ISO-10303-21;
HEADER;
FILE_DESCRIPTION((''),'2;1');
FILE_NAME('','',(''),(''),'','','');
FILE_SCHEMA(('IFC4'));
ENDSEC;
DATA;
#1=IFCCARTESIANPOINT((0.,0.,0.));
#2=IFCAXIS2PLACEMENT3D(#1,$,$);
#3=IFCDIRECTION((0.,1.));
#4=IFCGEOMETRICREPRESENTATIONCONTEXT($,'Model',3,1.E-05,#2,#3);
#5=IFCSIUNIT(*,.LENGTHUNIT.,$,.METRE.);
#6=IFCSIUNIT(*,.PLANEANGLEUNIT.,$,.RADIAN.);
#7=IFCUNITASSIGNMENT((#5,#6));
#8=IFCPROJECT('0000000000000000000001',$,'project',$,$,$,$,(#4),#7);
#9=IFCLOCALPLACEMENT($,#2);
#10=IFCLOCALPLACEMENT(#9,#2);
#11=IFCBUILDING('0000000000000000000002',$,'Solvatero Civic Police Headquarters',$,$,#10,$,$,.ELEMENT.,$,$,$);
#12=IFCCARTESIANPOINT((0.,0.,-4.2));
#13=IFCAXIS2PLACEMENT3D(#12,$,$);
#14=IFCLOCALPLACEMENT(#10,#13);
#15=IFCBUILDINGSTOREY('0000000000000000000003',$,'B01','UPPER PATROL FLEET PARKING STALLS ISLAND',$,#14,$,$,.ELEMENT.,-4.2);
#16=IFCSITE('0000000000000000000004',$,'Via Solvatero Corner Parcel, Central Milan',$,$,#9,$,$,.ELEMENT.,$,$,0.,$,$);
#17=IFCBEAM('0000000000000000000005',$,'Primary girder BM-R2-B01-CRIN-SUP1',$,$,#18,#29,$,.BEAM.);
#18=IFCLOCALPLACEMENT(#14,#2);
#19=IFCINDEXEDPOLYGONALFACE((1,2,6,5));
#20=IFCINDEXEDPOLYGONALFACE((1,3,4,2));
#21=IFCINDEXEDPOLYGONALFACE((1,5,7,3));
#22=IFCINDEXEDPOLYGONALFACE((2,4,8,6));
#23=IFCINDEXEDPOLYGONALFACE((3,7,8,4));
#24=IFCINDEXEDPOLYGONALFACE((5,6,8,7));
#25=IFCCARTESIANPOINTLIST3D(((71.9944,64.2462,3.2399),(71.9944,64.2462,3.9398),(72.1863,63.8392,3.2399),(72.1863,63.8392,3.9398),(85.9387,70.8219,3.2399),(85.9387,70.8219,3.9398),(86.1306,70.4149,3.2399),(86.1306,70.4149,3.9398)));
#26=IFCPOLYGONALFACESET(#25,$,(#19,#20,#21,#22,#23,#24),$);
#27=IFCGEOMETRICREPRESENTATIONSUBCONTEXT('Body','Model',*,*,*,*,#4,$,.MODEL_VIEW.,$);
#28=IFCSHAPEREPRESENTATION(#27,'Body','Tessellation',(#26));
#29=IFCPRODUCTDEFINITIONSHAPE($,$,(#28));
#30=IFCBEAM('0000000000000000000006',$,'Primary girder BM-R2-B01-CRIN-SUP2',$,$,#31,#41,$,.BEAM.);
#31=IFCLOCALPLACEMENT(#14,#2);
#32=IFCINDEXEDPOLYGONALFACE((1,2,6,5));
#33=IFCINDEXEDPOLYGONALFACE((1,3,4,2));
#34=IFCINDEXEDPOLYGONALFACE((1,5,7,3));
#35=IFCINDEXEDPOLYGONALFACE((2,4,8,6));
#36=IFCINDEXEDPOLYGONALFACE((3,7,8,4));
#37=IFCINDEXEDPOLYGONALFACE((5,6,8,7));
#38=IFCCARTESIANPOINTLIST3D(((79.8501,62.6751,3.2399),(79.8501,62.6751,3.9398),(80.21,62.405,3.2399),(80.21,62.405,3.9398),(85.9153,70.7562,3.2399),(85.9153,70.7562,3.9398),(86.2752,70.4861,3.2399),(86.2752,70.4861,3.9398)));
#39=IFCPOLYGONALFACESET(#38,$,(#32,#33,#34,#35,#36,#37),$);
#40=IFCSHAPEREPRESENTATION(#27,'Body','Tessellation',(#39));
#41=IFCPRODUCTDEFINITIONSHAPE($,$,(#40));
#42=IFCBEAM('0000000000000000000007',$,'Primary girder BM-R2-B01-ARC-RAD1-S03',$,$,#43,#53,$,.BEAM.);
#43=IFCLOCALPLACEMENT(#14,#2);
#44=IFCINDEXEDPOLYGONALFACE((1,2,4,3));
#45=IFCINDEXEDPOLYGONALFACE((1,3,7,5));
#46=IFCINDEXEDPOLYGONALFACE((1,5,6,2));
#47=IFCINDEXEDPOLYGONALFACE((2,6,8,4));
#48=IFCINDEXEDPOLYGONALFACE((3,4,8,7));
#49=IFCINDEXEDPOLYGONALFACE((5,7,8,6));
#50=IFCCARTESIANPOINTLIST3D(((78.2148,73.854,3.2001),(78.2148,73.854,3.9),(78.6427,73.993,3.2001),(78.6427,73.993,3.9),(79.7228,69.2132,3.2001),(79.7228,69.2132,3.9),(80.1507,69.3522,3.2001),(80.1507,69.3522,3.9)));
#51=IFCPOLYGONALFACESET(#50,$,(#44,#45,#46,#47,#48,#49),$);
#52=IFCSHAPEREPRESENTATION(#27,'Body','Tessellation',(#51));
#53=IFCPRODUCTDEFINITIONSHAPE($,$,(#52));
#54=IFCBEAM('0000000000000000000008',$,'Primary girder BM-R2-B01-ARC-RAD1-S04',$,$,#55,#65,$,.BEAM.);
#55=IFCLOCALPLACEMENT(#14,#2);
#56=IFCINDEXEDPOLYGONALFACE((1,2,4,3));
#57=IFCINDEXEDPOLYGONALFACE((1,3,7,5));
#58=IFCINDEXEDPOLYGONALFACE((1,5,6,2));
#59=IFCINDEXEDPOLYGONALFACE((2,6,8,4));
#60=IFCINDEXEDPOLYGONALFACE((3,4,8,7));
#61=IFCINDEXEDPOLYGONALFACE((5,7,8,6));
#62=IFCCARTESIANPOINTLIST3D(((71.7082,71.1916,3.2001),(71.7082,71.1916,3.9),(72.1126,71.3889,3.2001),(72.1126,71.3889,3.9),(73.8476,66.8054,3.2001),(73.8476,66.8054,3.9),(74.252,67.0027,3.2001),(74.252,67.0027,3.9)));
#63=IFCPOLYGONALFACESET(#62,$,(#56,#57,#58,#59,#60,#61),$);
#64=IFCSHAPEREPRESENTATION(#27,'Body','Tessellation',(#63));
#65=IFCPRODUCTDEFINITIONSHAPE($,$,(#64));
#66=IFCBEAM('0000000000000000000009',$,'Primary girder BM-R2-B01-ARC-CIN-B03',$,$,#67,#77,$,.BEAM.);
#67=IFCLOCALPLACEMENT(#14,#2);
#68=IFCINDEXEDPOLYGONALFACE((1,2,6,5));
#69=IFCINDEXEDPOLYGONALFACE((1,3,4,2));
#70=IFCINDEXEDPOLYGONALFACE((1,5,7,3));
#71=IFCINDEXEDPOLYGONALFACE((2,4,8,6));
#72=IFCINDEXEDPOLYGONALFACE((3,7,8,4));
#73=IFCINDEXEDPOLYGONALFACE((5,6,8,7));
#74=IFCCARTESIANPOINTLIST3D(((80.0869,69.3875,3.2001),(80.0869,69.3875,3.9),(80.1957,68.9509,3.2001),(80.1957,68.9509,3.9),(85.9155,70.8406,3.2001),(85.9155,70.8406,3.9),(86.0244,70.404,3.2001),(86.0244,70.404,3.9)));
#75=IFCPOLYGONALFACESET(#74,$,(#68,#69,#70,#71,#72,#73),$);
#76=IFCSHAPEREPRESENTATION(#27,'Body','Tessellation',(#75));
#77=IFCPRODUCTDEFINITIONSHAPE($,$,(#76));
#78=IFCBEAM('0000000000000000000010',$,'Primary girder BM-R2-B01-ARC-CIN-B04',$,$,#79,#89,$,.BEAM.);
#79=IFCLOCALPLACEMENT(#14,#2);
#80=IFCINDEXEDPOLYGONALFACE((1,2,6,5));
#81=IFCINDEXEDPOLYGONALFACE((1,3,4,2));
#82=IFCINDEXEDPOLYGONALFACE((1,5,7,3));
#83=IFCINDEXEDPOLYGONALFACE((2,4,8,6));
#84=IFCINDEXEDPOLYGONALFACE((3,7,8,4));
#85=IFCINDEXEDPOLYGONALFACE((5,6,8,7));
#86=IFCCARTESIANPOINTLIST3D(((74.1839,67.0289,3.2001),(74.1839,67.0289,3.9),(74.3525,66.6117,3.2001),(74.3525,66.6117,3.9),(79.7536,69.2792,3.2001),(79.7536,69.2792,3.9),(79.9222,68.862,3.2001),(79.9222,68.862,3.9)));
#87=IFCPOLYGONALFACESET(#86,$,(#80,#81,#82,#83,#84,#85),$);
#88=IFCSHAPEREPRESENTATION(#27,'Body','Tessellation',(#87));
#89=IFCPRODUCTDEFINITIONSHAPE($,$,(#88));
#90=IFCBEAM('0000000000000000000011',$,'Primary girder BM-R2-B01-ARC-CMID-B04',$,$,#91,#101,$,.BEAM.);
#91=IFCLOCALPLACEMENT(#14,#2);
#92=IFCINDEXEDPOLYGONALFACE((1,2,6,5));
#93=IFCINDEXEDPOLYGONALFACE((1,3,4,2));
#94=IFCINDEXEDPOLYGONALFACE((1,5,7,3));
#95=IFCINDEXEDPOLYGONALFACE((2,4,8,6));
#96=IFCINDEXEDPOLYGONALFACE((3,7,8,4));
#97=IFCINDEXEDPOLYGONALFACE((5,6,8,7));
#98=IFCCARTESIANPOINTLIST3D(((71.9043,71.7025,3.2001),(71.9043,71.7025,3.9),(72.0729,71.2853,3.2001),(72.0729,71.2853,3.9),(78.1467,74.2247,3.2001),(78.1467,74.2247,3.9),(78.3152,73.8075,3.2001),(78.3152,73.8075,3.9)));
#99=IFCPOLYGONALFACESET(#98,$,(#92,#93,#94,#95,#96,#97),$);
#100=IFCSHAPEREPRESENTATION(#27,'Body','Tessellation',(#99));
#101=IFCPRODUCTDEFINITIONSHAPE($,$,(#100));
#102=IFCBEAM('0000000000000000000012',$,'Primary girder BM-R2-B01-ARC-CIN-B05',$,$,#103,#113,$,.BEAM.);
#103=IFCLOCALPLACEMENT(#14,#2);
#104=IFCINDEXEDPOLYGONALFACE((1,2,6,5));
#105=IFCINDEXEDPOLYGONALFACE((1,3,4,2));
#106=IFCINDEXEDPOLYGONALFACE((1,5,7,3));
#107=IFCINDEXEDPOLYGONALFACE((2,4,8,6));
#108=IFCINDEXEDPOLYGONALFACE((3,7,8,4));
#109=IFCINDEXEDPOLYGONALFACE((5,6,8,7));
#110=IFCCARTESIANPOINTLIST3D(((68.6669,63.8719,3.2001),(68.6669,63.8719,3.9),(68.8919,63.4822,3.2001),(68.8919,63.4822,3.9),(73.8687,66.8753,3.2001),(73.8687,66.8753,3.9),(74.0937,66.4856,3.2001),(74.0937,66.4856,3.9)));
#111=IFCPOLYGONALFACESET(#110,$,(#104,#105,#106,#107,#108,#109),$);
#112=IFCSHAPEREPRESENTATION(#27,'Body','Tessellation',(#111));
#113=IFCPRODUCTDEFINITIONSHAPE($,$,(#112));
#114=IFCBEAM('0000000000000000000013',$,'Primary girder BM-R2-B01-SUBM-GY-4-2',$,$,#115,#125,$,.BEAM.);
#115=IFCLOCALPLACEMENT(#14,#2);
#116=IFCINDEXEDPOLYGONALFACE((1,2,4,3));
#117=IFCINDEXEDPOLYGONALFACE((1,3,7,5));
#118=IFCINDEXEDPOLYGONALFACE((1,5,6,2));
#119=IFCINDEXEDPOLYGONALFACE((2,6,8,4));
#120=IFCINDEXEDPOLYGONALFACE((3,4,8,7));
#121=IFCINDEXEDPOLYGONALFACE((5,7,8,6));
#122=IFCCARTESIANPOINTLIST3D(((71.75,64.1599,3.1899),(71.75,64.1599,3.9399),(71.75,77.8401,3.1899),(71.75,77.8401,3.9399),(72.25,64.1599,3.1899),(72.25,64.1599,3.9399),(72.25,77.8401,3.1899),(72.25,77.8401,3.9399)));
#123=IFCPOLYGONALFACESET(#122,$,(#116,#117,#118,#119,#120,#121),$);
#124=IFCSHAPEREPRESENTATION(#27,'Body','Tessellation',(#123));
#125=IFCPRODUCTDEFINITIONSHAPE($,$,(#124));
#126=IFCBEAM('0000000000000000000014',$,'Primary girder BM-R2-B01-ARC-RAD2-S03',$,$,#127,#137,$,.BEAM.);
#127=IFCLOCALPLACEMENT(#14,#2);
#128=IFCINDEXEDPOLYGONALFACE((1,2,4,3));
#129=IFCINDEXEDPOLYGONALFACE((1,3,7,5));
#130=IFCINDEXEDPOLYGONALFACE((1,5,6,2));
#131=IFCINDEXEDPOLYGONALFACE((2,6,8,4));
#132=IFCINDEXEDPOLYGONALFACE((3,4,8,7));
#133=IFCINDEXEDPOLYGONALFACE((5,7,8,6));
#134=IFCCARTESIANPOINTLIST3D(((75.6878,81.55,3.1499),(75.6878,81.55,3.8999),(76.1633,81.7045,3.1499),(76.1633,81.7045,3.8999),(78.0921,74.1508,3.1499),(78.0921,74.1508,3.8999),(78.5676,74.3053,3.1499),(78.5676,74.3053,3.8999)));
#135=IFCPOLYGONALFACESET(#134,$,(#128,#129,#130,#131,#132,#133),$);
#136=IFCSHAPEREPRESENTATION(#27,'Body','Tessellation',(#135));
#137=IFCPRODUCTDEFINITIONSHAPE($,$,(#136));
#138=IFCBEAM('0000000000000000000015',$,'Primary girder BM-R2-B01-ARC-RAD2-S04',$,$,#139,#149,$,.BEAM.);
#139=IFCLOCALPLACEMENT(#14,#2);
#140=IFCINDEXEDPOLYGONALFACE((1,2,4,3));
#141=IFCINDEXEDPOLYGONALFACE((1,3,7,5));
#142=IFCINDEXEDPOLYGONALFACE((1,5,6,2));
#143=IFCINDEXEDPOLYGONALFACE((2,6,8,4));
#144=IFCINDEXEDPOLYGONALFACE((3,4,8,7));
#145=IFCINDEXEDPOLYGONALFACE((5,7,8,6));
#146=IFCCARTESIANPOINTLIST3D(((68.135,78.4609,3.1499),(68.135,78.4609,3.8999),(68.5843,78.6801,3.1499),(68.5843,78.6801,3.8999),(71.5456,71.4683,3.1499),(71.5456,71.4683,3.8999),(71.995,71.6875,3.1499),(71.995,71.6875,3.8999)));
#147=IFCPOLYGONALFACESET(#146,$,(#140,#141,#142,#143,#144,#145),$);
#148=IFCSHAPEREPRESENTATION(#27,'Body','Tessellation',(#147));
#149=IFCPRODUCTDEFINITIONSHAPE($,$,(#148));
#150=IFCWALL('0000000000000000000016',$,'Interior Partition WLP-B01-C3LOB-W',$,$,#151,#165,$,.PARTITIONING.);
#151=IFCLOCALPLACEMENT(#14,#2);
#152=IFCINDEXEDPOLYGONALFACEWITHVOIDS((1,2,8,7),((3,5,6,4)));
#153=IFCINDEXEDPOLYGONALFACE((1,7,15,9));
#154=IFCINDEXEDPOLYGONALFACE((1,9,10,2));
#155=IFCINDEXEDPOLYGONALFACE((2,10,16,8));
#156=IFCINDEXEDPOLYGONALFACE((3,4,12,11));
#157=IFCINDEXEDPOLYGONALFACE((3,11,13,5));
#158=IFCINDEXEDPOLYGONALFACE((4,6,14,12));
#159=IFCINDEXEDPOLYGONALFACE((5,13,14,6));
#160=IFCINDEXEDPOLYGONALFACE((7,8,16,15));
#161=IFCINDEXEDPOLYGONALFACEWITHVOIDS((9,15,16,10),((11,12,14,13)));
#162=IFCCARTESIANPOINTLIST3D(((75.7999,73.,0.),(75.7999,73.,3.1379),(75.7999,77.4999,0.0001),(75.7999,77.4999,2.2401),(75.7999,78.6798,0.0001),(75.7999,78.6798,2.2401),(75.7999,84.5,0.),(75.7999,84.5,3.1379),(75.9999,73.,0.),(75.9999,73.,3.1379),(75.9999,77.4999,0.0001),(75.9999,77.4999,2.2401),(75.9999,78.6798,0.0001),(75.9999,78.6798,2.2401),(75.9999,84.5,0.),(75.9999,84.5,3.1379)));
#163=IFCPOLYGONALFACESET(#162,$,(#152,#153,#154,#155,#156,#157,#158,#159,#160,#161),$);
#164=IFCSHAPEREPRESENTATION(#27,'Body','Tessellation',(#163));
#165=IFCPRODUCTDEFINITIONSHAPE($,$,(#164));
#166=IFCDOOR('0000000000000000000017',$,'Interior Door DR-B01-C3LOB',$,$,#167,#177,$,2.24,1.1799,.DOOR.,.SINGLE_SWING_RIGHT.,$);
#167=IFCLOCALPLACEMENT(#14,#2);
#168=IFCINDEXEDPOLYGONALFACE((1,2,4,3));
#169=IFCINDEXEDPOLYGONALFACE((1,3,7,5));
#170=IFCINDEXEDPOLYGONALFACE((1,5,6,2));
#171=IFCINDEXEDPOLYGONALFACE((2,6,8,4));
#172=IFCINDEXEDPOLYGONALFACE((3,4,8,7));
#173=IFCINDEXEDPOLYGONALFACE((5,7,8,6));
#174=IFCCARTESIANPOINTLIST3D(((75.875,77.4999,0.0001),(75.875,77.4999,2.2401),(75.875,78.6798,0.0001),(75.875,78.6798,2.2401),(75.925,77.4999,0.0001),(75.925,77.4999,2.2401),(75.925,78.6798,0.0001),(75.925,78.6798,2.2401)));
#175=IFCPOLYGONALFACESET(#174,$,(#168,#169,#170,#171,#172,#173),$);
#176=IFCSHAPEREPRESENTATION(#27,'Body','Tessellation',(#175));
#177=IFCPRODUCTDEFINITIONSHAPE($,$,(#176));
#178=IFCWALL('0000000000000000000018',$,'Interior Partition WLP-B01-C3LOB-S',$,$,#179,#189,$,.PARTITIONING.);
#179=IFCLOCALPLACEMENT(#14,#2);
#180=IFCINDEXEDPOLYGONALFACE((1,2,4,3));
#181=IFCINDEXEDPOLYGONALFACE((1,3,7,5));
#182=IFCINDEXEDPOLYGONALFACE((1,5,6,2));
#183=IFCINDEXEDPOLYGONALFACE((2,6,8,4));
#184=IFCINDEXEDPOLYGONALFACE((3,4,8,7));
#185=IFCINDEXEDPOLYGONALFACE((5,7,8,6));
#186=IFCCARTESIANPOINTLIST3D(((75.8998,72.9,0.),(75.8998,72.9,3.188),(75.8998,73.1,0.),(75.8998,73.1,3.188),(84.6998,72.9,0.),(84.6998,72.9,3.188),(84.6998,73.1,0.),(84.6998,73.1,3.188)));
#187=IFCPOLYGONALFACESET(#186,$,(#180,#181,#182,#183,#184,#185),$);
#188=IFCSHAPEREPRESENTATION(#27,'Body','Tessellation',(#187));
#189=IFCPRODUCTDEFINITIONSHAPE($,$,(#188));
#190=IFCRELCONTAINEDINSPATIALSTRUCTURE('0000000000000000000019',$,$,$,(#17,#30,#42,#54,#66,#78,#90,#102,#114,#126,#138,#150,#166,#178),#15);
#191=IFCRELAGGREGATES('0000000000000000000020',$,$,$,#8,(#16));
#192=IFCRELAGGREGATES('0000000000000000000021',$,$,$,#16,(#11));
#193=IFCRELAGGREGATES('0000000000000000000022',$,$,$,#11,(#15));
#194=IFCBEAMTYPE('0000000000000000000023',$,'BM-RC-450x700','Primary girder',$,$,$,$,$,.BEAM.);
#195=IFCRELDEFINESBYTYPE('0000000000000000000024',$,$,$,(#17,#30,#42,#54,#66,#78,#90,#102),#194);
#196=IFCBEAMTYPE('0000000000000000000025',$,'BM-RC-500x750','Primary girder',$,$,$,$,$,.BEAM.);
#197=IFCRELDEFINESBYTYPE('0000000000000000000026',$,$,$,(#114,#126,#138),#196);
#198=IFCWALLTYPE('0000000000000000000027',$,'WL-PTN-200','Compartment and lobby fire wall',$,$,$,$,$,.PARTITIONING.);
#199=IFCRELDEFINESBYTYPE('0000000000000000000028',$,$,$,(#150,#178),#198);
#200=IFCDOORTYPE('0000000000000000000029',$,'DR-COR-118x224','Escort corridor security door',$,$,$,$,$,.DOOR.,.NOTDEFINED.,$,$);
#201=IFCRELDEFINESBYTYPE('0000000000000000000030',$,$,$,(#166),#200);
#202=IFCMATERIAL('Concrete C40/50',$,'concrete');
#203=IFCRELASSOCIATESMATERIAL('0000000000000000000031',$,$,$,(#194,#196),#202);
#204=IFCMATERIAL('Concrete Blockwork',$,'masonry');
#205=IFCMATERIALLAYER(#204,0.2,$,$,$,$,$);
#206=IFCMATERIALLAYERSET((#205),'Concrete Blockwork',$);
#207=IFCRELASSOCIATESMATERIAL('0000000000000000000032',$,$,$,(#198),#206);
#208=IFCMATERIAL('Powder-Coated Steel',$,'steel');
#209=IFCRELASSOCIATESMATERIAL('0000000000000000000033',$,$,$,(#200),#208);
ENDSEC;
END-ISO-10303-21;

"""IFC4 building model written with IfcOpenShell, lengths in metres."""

from ifc_helpers import new_model, si_unit, direction, frame, frame_2d, origin, origin_2d, place, context, subcontext, project, spatial, rectangle, extrude, material, layer, layer_set, material_profile, profile_set, type_object, element, fill, save


model = new_model("IFC4")

# Units and contexts
model_context = context("Model", 3, precision=1e-05, world=origin(), true_north=direction((0.0, 1.0)))
body_context = subcontext(model_context, "Body", "Model", "MODEL_VIEW")
ifc_project = project(units=[si_unit("LENGTHUNIT", "METRE"), si_unit("PLANEANGLEUNIT", "RADIAN")], contexts=[model_context])

# Site, building, storey
site_placement = place(None, origin())
site = spatial("IfcSite", under=ifc_project, at=site_placement, Name="Via Solvatero Corner Parcel, Central Milan", CompositionType="ELEMENT", RefElevation=0.0)
building_placement = place(site_placement, origin())
building = spatial("IfcBuilding", under=site, at=building_placement, Name="Solvatero Civic Police Headquarters", CompositionType="ELEMENT")
storey_placement = place(building_placement, frame((0.0, 0.0, -4.2)))
storey = spatial("IfcBuildingStorey", under=building, at=storey_placement, Name="B01", Description="UPPER PATROL FLEET PARKING STALLS ISLAND", CompositionType="ELEMENT", Elevation=-4.2)

# Shared definitions
ifc_material_1 = material(Name="Concrete C40/50", Category="concrete")

# Beams
ifc_material_profile_1 = material_profile(ifc_material_1, rectangle(XDim=0.45, YDim=0.7, at=origin_2d()), Name="RC 450x700")
ifc_profile_set_1 = profile_set([ifc_material_profile_1], Name="Concrete C40/50")
beam_type_1 = type_object("IfcBeamType", Name="BM-RC-450x700", Description="Primary girder", PredefinedType="BEAM", material=ifc_profile_set_1)
beam_1_placement = place(storey_placement, frame((72.0903, 64.0427, 3.5898), z_axis=(0.904477, 0.426521, 0.0), x_axis=(-0.426521, 0.904477, 0.0)))
element("IfcBeam", 1, at=beam_1_placement, inside=storey, type_object=beam_type_1, Name="Primary girder BM-R2-B01-CRIN-SUP1", PredefinedType="BEAM", context=body_context, shape_type="SweptSolid", body=[
    extrude(rectangle(XDim=0.45, YDim=0.7, at=origin_2d()), origin(), (0.0, 0.0, 1.0), 15.417),
])
beam_2_placement = place(storey_placement, frame((80.03, 62.54, 3.5898), z_axis=(0.600278, 0.799791, 0.0), x_axis=(-0.799791, 0.600278, 0.0)))
element("IfcBeam", 2, at=beam_2_placement, inside=storey, type_object=beam_type_1, Name="Primary girder BM-R2-B01-CRIN-SUP2", PredefinedType="BEAM", context=body_context, shape_type="SweptSolid", body=[
    extrude(rectangle(XDim=0.45, YDim=0.7, at=origin_2d()), origin(), (0.0, 0.0, 1.0), 10.104),
])
beam_3_placement = place(storey_placement, frame((79.9368, 69.2827, 3.55), z_axis=(-0.309044, 0.951048, 0.0), x_axis=(-0.951048, -0.309044, 0.0)))
element("IfcBeam", 3, at=beam_3_placement, inside=storey, type_object=beam_type_1, Name="Primary girder BM-R2-B01-ARC-RAD1-S03", PredefinedType="BEAM", context=body_context, shape_type="SweptSolid", body=[
    extrude(rectangle(XDim=0.45, YDim=0.7, at=origin_2d()), origin(), (0.0, 0.0, 1.0), 4.8796),
])
beam_4_placement = place(storey_placement, frame((74.0498, 66.9041, 3.55), z_axis=(-0.438387, 0.898786, 0.0), x_axis=(-0.898786, -0.438387, 0.0)))
element("IfcBeam", 4, at=beam_4_placement, inside=storey, type_object=beam_type_1, Name="Primary girder BM-R2-B01-ARC-RAD1-S04", PredefinedType="BEAM", context=body_context, shape_type="SweptSolid", body=[
    extrude(rectangle(XDim=0.45, YDim=0.7, at=origin_2d()), origin(), (0.0, 0.0, 1.0), 4.8801),
])
for number, where, z_axis, x_axis, name in (
    (5, (85.97, 70.6223, 3.55), (-0.9703, -0.241904, 0.0), (0.241904, -0.9703, 0.0), "Primary girder BM-R2-B01-ARC-CIN-B03"),
    (6, (79.8379, 69.0706, 3.55), (-0.927185, -0.374605, 0.0), (0.374605, -0.927185, 0.0), "Primary girder BM-R2-B01-ARC-CIN-B04"),
):
    element("IfcBeam", number, at=place(storey_placement, frame(where, z_axis=z_axis, x_axis=x_axis)), inside=storey, type_object=beam_type_1, Name=name, PredefinedType="BEAM", context=body_context, shape_type="SweptSolid", body=[
        extrude(rectangle(XDim=0.45, YDim=0.7, at=origin_2d()), origin(), (0.0, 0.0, 1.0), 6.0071),
    ])
beam_5_placement = place(storey_placement, frame((78.231, 74.0161, 3.55), z_axis=(-0.927178, -0.374621, 0.0), x_axis=(0.374621, -0.927178, 0.0)))
element("IfcBeam", 7, at=beam_5_placement, inside=storey, type_object=beam_type_1, Name="Primary girder BM-R2-B01-ARC-CMID-B04", PredefinedType="BEAM", context=body_context, shape_type="SweptSolid", body=[
    extrude(rectangle(XDim=0.45, YDim=0.7, at=origin_2d()), origin(), (0.0, 0.0, 1.0), 6.7327),
])
beam_6_placement = place(storey_placement, frame((73.9812, 66.6804, 3.55), z_axis=(-0.866018, -0.500012, 0.0), x_axis=(0.500012, -0.866018, 0.0)))
element("IfcBeam", 8, at=beam_6_placement, inside=storey, type_object=beam_type_1, Name="Primary girder BM-R2-B01-ARC-CIN-B05", PredefinedType="BEAM", context=body_context, shape_type="SweptSolid", body=[
    extrude(rectangle(XDim=0.45, YDim=0.7, at=origin_2d()), origin(), (0.0, 0.0, 1.0), 6.0066),
])
ifc_material_profile_2 = material_profile(ifc_material_1, rectangle(XDim=0.5, YDim=0.75, at=origin_2d()), Name="RC 500x750")
ifc_profile_set_2 = profile_set([ifc_material_profile_2], Name="Concrete C40/50")
beam_type_2 = type_object("IfcBeamType", Name="BM-RC-500x750", Description="Primary girder", PredefinedType="BEAM", material=ifc_profile_set_2)
beam_7_placement = place(storey_placement, frame((72.0, 64.1599, 3.5649), z_axis=(0.0, 1.0, 0.0), x_axis=(-1.0, 0.0, 0.0)))
element("IfcBeam", 9, at=beam_7_placement, inside=storey, type_object=beam_type_2, Name="Primary girder BM-R2-B01-SUBM-GY-4-2", PredefinedType="BEAM", context=body_context, shape_type="SweptSolid", body=[
    extrude(rectangle(XDim=0.5, YDim=0.75, at=origin_2d()), origin(), (0.0, 0.0, 1.0), 13.6802),
])
for number, where, z_axis, x_axis, name in (
    (10, (78.3298, 74.228, 3.5249), (-0.309036, 0.95105, 0.0), (-0.95105, -0.309036, 0.0), "Primary girder BM-R2-B01-ARC-RAD2-S03"),
    (11, (71.7703, 71.5779, 3.5249), (-0.43838, 0.89879, 0.0), (-0.89879, -0.43838, 0.0), "Primary girder BM-R2-B01-ARC-RAD2-S04"),
):
    element("IfcBeam", number, at=place(storey_placement, frame(where, z_axis=z_axis, x_axis=x_axis)), inside=storey, type_object=beam_type_2, Name=name, PredefinedType="BEAM", context=body_context, shape_type="SweptSolid", body=[
        extrude(rectangle(XDim=0.5, YDim=0.75, at=origin_2d()), origin(), (0.0, 0.0, 1.0), 7.78),
    ])

# Wall, opening, door
ifc_material_2 = material(Name="Concrete Blockwork", Category="masonry")
ifc_layer_1 = layer(ifc_material_2, 0.2)
ifc_layer_set_1 = layer_set([ifc_layer_1], Name="Concrete Blockwork")
wall_type_1 = type_object("IfcWallType", Name="WL-PTN-200", Description="Compartment and lobby fire wall", PredefinedType="PARTITIONING", material=ifc_layer_set_1)
wall_1_placement = place(storey_placement, frame((75.8999, 73.0, 0.0), z_axis=(0.0, 0.0, 1.0), x_axis=(0.0, 1.0, 0.0)))
wall_1 = element("IfcWall", 12, at=wall_1_placement, inside=storey, type_object=wall_type_1, Name="Interior Partition WLP-B01-C3LOB-W", PredefinedType="PARTITIONING", context=body_context, shape_type="SweptSolid", body=[
    extrude(rectangle(XDim=11.5, YDim=0.2, at=frame_2d((5.75, 0.0))), origin(), (0.0, 0.0, 1.0), 3.1379),
])
opening_1_placement = place(wall_1_placement, frame((4.5, 0.0, 0.0)))
opening_1 = element("IfcOpeningElement", 13, at=opening_1_placement, cuts=wall_1, PredefinedType="OPENING", context=body_context, shape_type="SweptSolid", body=[
    extrude(rectangle(XDim=1.1799, YDim=2.24, at=frame_2d((0.5898, 1.1201))), frame((0.0, 0.1099, 0.0), z_axis=(0.0, -1.0, 0.0), x_axis=(1.0, 0.0, 0.0)), (0.0, 0.0, 1.0), 0.22),
])
ifc_material_3 = material(Name="Powder-Coated Steel", Category="steel")
door_type_1 = type_object("IfcDoorType", Name="DR-COR-118x224", Description="Escort corridor security door", OperationType="NOTDEFINED", PredefinedType="DOOR", material=ifc_material_3)
door_1_placement = place(opening_1_placement, origin())
door_1 = element("IfcDoor", 14, at=door_1_placement, inside=storey, type_object=door_type_1, Name="Interior Door DR-B01-C3LOB", OperationType="SINGLE_SWING_RIGHT", OverallHeight=2.24, OverallWidth=1.1799, PredefinedType="DOOR", context=body_context, shape_type="SweptSolid", body=[
    extrude(rectangle(XDim=1.1799, YDim=2.24, at=frame_2d((0.5898, 1.1201))), frame((0.0, 0.0249, 0.0), z_axis=(0.0, -1.0, 0.0), x_axis=(1.0, 0.0, 0.0)), (0.0, 0.0, 1.0), 0.05),
])
fill(opening_1, door_1)

# Wall
wall_2_placement = place(storey_placement, frame((75.8999, 73.0, 0.0), z_axis=(0.0, 0.0, 1.0), x_axis=(1.0, 0.0, 0.0)))
element("IfcWall", 15, at=wall_2_placement, inside=storey, type_object=wall_type_1, Name="Interior Partition WLP-B01-C3LOB-S", PredefinedType="PARTITIONING", context=body_context, shape_type="SweptSolid", body=[
    extrude(rectangle(XDim=8.8, YDim=0.2, at=frame_2d((4.3999, 0.0))), origin(), (0.0, 0.0, 1.0), 3.188),
])

save(model, "model.ifc")
